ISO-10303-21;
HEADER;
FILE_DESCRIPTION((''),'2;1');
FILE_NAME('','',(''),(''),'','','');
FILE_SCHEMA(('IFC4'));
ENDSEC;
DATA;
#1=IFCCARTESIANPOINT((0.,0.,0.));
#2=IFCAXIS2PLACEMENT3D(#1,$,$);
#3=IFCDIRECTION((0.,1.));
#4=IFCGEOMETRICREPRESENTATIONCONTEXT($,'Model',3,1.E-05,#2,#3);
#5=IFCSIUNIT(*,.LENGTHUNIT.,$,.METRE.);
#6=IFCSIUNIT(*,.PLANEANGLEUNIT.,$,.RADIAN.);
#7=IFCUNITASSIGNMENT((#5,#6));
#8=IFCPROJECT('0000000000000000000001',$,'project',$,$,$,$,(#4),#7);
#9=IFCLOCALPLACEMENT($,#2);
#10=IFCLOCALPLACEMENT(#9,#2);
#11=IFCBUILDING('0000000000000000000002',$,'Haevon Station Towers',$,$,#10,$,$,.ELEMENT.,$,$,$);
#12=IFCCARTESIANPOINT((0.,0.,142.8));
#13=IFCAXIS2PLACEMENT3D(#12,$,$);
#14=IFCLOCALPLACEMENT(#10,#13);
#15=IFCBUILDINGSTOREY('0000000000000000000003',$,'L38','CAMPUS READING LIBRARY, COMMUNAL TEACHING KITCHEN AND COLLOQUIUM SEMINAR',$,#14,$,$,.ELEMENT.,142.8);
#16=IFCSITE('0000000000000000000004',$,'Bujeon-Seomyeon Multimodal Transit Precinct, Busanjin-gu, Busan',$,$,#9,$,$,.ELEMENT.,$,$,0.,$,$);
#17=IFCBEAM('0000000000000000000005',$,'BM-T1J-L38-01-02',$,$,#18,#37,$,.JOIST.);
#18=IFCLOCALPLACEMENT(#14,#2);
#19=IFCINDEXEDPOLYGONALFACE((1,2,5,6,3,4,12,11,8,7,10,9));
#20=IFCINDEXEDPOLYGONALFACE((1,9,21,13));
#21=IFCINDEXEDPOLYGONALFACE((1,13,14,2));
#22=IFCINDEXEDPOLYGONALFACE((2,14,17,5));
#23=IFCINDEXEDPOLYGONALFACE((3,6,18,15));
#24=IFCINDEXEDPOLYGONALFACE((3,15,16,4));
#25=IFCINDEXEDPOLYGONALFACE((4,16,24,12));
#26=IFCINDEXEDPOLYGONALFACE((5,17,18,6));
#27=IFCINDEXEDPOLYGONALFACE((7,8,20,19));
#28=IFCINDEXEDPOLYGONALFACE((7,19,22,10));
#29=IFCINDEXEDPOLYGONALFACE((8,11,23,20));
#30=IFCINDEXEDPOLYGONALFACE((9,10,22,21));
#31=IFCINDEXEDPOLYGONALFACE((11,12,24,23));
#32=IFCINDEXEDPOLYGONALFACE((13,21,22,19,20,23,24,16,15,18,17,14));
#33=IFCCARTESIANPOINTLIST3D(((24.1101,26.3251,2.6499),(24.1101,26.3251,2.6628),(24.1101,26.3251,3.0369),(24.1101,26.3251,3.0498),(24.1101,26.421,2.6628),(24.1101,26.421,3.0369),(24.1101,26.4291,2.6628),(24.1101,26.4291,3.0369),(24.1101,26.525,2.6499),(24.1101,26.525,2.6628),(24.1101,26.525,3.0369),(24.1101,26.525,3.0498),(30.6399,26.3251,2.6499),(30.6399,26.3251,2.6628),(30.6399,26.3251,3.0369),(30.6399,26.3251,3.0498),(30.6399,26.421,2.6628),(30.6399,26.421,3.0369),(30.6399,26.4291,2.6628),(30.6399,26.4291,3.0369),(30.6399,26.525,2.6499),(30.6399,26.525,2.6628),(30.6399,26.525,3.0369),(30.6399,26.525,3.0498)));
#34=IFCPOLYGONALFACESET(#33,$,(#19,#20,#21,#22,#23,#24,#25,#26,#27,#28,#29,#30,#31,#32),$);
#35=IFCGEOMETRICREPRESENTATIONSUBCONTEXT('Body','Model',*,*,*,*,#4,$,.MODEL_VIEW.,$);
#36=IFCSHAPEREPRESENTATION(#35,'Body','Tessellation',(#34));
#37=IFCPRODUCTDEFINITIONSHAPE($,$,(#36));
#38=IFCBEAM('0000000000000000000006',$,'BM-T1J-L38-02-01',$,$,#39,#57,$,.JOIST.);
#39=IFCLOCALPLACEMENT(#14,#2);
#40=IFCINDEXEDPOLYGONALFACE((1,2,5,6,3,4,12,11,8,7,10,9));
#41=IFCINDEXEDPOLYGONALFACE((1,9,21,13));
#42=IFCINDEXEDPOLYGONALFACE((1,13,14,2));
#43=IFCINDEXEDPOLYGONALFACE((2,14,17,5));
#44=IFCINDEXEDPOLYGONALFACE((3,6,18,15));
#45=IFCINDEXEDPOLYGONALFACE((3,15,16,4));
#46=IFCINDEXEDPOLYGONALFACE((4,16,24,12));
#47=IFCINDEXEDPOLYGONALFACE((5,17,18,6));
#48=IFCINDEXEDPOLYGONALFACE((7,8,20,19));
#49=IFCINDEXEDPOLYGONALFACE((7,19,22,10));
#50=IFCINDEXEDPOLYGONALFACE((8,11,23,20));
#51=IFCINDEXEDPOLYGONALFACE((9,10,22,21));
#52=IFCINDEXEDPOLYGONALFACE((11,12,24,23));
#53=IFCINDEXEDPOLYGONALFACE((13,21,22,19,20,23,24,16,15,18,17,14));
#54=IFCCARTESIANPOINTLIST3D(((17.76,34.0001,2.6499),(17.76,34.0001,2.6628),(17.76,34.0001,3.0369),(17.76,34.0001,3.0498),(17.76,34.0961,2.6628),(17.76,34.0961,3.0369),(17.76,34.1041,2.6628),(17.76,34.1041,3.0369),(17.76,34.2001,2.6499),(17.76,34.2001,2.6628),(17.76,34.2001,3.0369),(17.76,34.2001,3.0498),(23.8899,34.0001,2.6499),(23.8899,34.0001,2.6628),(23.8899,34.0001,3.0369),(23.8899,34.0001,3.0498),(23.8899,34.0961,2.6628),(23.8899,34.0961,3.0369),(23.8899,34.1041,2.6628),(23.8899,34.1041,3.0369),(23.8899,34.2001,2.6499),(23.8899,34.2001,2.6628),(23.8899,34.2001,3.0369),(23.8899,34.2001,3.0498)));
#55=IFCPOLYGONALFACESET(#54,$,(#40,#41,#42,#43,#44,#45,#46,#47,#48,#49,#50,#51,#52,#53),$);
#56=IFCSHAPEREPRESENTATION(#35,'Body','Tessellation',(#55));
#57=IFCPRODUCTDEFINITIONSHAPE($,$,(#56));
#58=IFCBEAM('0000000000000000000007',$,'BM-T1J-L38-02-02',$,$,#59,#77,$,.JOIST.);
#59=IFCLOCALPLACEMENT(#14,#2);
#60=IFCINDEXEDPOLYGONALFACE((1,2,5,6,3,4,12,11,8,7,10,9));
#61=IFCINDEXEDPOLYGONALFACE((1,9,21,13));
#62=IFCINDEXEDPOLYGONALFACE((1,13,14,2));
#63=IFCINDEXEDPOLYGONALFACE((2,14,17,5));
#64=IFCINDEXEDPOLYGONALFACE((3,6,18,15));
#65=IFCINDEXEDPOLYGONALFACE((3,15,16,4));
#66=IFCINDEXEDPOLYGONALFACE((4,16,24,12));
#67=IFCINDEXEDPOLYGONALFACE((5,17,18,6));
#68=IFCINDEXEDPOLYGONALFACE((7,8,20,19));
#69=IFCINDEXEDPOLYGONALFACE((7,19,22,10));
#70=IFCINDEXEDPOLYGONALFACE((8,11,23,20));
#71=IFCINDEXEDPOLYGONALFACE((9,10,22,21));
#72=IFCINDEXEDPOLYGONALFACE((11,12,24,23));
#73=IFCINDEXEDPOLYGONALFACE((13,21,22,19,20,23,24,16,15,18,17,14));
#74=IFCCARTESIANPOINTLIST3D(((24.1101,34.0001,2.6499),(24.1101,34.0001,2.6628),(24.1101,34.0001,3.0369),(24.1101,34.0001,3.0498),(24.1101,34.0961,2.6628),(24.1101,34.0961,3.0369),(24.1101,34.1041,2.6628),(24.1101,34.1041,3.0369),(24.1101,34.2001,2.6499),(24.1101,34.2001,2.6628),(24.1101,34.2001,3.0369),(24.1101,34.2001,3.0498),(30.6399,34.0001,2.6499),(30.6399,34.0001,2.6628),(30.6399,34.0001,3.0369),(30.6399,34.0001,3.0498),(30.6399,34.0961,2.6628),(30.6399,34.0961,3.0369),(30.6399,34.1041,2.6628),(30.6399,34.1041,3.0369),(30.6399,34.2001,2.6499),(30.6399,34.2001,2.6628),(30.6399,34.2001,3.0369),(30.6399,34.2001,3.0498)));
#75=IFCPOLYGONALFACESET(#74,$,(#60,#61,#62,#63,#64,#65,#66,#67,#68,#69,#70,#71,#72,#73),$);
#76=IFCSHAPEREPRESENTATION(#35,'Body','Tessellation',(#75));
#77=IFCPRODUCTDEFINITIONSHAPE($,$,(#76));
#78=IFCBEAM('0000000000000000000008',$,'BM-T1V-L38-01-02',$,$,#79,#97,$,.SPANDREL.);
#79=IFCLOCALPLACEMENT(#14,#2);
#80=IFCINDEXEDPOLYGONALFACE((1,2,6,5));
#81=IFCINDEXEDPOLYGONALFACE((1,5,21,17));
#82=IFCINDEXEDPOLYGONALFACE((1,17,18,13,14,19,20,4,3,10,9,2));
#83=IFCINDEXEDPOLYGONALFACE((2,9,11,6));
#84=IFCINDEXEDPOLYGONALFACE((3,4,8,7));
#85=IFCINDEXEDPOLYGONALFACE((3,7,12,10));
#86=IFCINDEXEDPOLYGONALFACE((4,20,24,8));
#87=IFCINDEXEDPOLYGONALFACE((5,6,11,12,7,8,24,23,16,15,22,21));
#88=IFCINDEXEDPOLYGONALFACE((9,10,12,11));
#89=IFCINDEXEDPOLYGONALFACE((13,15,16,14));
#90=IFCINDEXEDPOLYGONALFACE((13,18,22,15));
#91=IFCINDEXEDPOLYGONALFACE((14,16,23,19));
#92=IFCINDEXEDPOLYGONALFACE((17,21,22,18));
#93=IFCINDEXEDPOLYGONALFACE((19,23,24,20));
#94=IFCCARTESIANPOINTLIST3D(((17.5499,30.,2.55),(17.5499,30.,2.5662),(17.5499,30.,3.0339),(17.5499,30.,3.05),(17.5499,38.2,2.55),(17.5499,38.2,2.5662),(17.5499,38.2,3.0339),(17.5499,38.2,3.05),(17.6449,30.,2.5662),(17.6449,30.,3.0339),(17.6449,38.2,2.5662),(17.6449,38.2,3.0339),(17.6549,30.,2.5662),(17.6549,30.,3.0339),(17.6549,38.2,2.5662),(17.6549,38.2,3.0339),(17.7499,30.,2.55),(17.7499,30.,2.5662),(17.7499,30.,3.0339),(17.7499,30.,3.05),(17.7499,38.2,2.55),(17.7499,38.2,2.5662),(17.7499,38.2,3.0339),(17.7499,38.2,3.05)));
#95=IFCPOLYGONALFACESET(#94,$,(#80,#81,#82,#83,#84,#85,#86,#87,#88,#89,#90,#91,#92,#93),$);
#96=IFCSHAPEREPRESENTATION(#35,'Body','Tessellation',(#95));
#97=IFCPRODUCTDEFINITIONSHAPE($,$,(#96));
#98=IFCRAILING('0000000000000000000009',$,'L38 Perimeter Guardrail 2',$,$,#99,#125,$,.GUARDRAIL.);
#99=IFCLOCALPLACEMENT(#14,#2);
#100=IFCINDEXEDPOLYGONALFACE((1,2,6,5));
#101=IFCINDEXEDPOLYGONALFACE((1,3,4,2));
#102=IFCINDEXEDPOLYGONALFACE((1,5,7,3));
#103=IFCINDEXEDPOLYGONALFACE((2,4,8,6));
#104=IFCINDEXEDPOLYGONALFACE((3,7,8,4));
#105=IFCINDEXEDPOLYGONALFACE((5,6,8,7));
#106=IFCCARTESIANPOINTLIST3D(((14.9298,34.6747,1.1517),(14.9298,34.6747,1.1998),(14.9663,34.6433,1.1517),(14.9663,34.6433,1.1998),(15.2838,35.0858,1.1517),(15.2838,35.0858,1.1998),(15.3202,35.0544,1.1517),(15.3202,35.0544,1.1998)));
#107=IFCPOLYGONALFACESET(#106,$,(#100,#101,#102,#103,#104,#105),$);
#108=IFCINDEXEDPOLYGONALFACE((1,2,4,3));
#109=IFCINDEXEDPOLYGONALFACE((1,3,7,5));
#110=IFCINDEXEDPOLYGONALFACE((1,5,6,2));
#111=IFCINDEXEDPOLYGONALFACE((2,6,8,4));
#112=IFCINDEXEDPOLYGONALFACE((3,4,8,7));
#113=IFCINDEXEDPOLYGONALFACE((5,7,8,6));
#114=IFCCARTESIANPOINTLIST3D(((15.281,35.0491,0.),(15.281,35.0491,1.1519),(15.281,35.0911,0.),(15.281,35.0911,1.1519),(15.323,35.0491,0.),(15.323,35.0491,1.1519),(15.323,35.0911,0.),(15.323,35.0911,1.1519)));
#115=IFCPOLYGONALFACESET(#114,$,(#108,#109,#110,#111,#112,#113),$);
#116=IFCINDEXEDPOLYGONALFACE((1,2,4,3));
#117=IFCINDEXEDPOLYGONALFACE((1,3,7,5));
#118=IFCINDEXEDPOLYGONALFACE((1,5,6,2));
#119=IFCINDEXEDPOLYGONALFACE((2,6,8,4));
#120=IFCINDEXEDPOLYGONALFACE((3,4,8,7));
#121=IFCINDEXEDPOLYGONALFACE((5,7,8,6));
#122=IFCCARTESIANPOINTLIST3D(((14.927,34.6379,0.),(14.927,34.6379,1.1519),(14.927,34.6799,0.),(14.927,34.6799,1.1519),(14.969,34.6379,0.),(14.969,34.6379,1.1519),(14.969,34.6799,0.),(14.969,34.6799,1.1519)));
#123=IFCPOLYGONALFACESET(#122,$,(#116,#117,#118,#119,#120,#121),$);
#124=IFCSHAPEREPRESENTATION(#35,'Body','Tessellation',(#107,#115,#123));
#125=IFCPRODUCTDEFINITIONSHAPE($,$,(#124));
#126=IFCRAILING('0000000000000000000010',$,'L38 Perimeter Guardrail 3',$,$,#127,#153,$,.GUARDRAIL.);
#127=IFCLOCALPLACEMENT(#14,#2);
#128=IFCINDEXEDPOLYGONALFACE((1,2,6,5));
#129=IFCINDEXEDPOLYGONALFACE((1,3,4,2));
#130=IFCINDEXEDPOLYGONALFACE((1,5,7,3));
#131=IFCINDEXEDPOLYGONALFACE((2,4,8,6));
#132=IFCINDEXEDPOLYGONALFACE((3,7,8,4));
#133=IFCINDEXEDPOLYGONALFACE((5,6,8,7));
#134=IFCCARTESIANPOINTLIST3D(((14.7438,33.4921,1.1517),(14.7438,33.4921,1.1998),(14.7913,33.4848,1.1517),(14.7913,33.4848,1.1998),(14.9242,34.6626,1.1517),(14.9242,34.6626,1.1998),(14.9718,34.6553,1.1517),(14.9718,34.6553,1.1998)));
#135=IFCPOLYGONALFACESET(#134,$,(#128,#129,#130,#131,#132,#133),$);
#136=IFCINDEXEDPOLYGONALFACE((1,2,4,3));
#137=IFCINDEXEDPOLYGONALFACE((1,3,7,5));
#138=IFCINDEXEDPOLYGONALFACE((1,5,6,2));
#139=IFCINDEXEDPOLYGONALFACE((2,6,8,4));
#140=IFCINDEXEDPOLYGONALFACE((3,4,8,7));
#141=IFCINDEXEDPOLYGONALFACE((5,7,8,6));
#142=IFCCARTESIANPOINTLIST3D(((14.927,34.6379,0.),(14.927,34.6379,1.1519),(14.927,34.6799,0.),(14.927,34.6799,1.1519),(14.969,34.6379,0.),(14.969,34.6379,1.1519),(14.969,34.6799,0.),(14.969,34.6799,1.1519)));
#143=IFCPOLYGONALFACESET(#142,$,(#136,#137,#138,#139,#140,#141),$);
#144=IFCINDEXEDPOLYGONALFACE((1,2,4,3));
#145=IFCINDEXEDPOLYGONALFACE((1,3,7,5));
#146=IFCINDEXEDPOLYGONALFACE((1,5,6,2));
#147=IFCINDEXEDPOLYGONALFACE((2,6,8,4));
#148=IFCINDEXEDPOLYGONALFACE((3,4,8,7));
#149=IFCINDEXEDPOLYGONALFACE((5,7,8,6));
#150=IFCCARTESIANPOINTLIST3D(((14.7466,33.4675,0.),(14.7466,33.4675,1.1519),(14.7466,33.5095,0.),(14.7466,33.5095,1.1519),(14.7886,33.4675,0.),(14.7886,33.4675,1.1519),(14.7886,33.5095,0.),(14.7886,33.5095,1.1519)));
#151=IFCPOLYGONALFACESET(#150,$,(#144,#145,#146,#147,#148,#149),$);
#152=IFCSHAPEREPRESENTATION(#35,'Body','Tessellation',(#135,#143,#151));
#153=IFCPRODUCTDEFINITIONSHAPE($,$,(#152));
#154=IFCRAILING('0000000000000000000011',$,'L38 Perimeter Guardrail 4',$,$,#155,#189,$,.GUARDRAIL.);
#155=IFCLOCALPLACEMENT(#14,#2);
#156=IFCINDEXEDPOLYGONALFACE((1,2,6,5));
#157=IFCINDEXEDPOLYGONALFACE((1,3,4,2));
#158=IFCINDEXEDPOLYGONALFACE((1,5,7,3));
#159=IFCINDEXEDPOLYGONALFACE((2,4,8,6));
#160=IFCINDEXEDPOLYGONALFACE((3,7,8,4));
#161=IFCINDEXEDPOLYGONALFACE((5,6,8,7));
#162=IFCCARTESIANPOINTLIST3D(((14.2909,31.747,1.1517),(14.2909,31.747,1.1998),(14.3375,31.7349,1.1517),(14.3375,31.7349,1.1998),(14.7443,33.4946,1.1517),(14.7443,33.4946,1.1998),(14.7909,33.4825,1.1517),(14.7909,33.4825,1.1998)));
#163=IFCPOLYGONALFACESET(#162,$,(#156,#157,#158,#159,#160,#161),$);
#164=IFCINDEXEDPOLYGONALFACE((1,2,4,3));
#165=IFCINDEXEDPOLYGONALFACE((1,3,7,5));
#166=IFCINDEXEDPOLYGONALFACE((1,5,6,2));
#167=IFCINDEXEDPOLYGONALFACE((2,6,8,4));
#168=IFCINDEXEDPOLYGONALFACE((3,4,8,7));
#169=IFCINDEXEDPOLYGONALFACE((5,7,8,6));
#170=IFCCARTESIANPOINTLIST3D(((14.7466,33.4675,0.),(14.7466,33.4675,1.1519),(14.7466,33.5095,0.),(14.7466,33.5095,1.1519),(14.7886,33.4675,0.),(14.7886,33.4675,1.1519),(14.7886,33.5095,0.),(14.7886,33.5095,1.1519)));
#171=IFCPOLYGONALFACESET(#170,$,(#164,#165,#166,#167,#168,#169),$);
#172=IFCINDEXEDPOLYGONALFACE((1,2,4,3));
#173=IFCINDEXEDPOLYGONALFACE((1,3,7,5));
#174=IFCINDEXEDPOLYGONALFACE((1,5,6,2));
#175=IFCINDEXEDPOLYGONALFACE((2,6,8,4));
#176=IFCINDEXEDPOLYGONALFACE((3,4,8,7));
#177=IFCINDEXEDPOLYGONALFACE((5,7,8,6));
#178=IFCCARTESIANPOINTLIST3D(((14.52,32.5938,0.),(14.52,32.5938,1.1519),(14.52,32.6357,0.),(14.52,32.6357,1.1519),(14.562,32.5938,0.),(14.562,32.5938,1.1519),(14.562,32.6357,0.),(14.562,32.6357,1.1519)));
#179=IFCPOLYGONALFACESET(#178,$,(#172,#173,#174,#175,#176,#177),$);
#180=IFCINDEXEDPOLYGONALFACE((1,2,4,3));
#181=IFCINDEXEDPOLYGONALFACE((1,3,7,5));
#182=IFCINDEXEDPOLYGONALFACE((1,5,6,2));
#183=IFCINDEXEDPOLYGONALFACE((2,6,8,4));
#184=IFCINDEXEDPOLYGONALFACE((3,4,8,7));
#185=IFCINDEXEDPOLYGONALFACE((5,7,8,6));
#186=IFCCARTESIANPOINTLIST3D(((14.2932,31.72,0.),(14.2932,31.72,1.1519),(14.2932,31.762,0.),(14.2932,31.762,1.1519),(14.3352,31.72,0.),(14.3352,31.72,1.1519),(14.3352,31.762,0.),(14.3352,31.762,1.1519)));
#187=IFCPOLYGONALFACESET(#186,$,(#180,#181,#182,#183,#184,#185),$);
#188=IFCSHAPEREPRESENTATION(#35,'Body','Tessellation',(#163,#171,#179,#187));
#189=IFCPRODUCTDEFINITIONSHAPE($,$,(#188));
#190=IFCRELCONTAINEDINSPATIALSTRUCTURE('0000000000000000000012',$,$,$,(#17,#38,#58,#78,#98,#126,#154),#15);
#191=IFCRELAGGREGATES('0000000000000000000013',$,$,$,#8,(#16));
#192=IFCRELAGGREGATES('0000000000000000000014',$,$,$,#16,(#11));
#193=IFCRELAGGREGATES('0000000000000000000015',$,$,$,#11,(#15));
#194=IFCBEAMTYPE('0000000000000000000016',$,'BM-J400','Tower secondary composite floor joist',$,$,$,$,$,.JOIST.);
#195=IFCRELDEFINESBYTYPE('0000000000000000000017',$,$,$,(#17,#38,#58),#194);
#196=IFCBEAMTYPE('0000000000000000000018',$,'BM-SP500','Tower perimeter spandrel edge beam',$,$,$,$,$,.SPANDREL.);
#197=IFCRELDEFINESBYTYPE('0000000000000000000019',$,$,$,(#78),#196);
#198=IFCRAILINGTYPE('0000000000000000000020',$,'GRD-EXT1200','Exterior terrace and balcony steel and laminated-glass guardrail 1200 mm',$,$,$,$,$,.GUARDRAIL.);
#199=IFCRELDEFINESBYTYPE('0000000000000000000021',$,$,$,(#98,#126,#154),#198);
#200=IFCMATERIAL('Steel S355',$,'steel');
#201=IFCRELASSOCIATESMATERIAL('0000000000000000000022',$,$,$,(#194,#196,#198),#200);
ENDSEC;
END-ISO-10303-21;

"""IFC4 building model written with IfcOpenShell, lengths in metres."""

from ifc_helpers import new_model, si_unit, direction, frame, origin, origin_2d, place, context, subcontext, project, spatial, rectangle, i_section, extrude, material, material_profile, profile_set, type_object, element, save


model = new_model("IFC4")

# Units and contexts
model_context = context("Model", 3, precision=1e-05, world=origin(), true_north=direction((0.0, 1.0)))
body_context = subcontext(model_context, "Body", "Model", "MODEL_VIEW")
ifc_project = project(units=[si_unit("LENGTHUNIT", "METRE"), si_unit("PLANEANGLEUNIT", "RADIAN")], contexts=[model_context])

# Site, building, storey
site_placement = place(None, origin())
site = spatial("IfcSite", under=ifc_project, at=site_placement, Name="Bujeon-Seomyeon Multimodal Transit Precinct, Busanjin-gu, Busan", CompositionType="ELEMENT", RefElevation=0.0)
building_placement = place(site_placement, origin())
building = spatial("IfcBuilding", under=site, at=building_placement, Name="Haevon Station Towers", CompositionType="ELEMENT")
storey_placement = place(building_placement, frame((0.0, 0.0, 142.8)))
storey = spatial("IfcBuildingStorey", under=building, at=storey_placement, Name="L38", Description="CAMPUS READING LIBRARY, COMMUNAL TEACHING KITCHEN AND COLLOQUIUM SEMINAR", CompositionType="ELEMENT", Elevation=142.8)

# Shared definitions
ifc_material_1 = material(Name="Steel S355", Category="steel")

# Beams
ifc_material_profile_1 = material_profile(ifc_material_1, i_section(OverallWidth=0.2, OverallDepth=0.3999, WebThickness=0.0081, FlangeThickness=0.0129, at=origin_2d()), Name="H-400x200x8x13")
ifc_profile_set_1 = profile_set([ifc_material_profile_1], Name="Steel S355")
beam_type_1 = type_object("IfcBeamType", Name="BM-J400", Description="Tower secondary composite floor joist", PredefinedType="JOIST", material=ifc_profile_set_1)
beam_1_placement = place(storey_placement, frame((24.1101, 26.425, 2.8499), z_axis=(1.0, 0.0, 0.0), x_axis=(0.0, 1.0, 0.0)))
element("IfcBeam", 1, at=beam_1_placement, inside=storey, type_object=beam_type_1, Name="BM-T1J-L38-01-02", PredefinedType="JOIST", context=body_context, shape_type="SweptSolid", body=[
    extrude(i_section(OverallWidth=0.2, OverallDepth=0.3999, WebThickness=0.0081, FlangeThickness=0.0129, at=origin_2d()), origin(), (0.0, 0.0, 1.0), 6.5298),
])
beam_2_placement = place(storey_placement, frame((17.76, 34.1001, 2.8499), z_axis=(1.0, 0.0, 0.0), x_axis=(0.0, 1.0, 0.0)))
element("IfcBeam", 2, at=beam_2_placement, inside=storey, type_object=beam_type_1, Name="BM-T1J-L38-02-01", PredefinedType="JOIST", context=body_context, shape_type="SweptSolid", body=[
    extrude(i_section(OverallWidth=0.2, OverallDepth=0.3999, WebThickness=0.0081, FlangeThickness=0.0129, at=origin_2d()), origin(), (0.0, 0.0, 1.0), 6.1299),
])
beam_3_placement = place(storey_placement, frame((24.1101, 34.1001, 2.8499), z_axis=(1.0, 0.0, 0.0), x_axis=(0.0, 1.0, 0.0)))
element("IfcBeam", 3, at=beam_3_placement, inside=storey, type_object=beam_type_1, Name="BM-T1J-L38-02-02", PredefinedType="JOIST", context=body_context, shape_type="SweptSolid", body=[
    extrude(i_section(OverallWidth=0.2, OverallDepth=0.3999, WebThickness=0.0081, FlangeThickness=0.0129, at=origin_2d()), origin(), (0.0, 0.0, 1.0), 6.5298),
])
ifc_material_profile_2 = material_profile(ifc_material_1, i_section(OverallWidth=0.2, OverallDepth=0.5, WebThickness=0.01, FlangeThickness=0.0161, at=origin_2d()), Name="H-500x200x10x16")
ifc_profile_set_2 = profile_set([ifc_material_profile_2], Name="Steel S355")
beam_type_2 = type_object("IfcBeamType", Name="BM-SP500", Description="Tower perimeter spandrel edge beam", PredefinedType="SPANDREL", material=ifc_profile_set_2)
beam_4_placement = place(storey_placement, frame((17.6499, 30.0, 2.8), z_axis=(0.0, 1.0, 0.0), x_axis=(-1.0, 0.0, 0.0)))
element("IfcBeam", 4, at=beam_4_placement, inside=storey, type_object=beam_type_2, Name="BM-T1V-L38-01-02", PredefinedType="SPANDREL", context=body_context, shape_type="SweptSolid", body=[
    extrude(i_section(OverallWidth=0.2, OverallDepth=0.5, WebThickness=0.01, FlangeThickness=0.0161, at=origin_2d()), origin(), (0.0, 0.0, 1.0), 8.2),
])

# Railings
railing_type = type_object("IfcRailingType", Name="GRD-EXT1200", Description="Exterior terrace and balcony steel and laminated-glass guardrail 1200 mm", PredefinedType="GUARDRAIL", material=ifc_material_1)
railing_1_placement = place(storey_placement, frame((15.302, 35.0701, 0.0)))
element("IfcRailing", 5, at=railing_1_placement, inside=storey, type_object=railing_type, Name="L38 Perimeter Guardrail 2", PredefinedType="GUARDRAIL", context=body_context, shape_type="SweptSolid", body=[
    extrude(rectangle(XDim=0.0481, YDim=0.0481, at=origin_2d()), frame((0.0, 0.0, 1.1758), z_axis=(-0.652494, -0.757794, 0.0), x_axis=(0.757794, -0.652494, 0.0)), (0.0, 0.0, 1.0), 0.5425),
    extrude(rectangle(XDim=0.042, YDim=0.042, at=origin_2d()), origin(), (0.0, 0.0, 1.0), 1.1519),
    extrude(rectangle(XDim=0.042, YDim=0.042, at=origin_2d()), frame((-0.354, -0.4111, 0.0)), (0.0, 0.0, 1.0), 1.1519),
])
railing_2_placement = place(storey_placement, frame((14.948, 34.6589, 0.0)))
element("IfcRailing", 6, at=railing_2_placement, inside=storey, type_object=railing_type, Name="L38 Perimeter Guardrail 3", PredefinedType="GUARDRAIL", context=body_context, shape_type="SweptSolid", body=[
    extrude(rectangle(XDim=0.0481, YDim=0.0481, at=origin_2d()), frame((0.0, 0.0, 1.1758), z_axis=(-0.152352, -0.988326, 0.0), x_axis=(0.988326, -0.152352, 0.0)), (0.0, 0.0, 1.0), 1.1843),
    extrude(rectangle(XDim=0.042, YDim=0.042, at=origin_2d()), origin(), (0.0, 0.0, 1.0), 1.1519),
    extrude(rectangle(XDim=0.042, YDim=0.042, at=origin_2d()), frame((-0.1804, -1.1704, 0.0)), (0.0, 0.0, 1.0), 1.1519),
])
railing_3_placement = place(storey_placement, frame((14.7676, 33.4885, 0.0)))
element("IfcRailing", 7, at=railing_3_placement, inside=storey, type_object=railing_type, Name="L38 Perimeter Guardrail 4", PredefinedType="GUARDRAIL", context=body_context, shape_type="SweptSolid", body=[
    extrude(rectangle(XDim=0.0481, YDim=0.0481, at=origin_2d()), frame((0.0, 0.0, 1.1758), z_axis=(-0.251117, -0.967957, 0.0), x_axis=(0.967957, -0.251117, 0.0)), (0.0, 0.0, 1.0), 1.8054),
    extrude(rectangle(XDim=0.042, YDim=0.042, at=origin_2d()), origin(), (0.0, 0.0, 1.0), 1.1519),
    extrude(rectangle(XDim=0.042, YDim=0.042, at=origin_2d()), frame((-0.2266, -0.8738, 0.0)), (0.0, 0.0, 1.0), 1.1519),
    extrude(rectangle(XDim=0.042, YDim=0.042, at=origin_2d()), frame((-0.4534, -1.7476, 0.0)), (0.0, 0.0, 1.0), 1.1519),
])

save(model, "model.ifc")
